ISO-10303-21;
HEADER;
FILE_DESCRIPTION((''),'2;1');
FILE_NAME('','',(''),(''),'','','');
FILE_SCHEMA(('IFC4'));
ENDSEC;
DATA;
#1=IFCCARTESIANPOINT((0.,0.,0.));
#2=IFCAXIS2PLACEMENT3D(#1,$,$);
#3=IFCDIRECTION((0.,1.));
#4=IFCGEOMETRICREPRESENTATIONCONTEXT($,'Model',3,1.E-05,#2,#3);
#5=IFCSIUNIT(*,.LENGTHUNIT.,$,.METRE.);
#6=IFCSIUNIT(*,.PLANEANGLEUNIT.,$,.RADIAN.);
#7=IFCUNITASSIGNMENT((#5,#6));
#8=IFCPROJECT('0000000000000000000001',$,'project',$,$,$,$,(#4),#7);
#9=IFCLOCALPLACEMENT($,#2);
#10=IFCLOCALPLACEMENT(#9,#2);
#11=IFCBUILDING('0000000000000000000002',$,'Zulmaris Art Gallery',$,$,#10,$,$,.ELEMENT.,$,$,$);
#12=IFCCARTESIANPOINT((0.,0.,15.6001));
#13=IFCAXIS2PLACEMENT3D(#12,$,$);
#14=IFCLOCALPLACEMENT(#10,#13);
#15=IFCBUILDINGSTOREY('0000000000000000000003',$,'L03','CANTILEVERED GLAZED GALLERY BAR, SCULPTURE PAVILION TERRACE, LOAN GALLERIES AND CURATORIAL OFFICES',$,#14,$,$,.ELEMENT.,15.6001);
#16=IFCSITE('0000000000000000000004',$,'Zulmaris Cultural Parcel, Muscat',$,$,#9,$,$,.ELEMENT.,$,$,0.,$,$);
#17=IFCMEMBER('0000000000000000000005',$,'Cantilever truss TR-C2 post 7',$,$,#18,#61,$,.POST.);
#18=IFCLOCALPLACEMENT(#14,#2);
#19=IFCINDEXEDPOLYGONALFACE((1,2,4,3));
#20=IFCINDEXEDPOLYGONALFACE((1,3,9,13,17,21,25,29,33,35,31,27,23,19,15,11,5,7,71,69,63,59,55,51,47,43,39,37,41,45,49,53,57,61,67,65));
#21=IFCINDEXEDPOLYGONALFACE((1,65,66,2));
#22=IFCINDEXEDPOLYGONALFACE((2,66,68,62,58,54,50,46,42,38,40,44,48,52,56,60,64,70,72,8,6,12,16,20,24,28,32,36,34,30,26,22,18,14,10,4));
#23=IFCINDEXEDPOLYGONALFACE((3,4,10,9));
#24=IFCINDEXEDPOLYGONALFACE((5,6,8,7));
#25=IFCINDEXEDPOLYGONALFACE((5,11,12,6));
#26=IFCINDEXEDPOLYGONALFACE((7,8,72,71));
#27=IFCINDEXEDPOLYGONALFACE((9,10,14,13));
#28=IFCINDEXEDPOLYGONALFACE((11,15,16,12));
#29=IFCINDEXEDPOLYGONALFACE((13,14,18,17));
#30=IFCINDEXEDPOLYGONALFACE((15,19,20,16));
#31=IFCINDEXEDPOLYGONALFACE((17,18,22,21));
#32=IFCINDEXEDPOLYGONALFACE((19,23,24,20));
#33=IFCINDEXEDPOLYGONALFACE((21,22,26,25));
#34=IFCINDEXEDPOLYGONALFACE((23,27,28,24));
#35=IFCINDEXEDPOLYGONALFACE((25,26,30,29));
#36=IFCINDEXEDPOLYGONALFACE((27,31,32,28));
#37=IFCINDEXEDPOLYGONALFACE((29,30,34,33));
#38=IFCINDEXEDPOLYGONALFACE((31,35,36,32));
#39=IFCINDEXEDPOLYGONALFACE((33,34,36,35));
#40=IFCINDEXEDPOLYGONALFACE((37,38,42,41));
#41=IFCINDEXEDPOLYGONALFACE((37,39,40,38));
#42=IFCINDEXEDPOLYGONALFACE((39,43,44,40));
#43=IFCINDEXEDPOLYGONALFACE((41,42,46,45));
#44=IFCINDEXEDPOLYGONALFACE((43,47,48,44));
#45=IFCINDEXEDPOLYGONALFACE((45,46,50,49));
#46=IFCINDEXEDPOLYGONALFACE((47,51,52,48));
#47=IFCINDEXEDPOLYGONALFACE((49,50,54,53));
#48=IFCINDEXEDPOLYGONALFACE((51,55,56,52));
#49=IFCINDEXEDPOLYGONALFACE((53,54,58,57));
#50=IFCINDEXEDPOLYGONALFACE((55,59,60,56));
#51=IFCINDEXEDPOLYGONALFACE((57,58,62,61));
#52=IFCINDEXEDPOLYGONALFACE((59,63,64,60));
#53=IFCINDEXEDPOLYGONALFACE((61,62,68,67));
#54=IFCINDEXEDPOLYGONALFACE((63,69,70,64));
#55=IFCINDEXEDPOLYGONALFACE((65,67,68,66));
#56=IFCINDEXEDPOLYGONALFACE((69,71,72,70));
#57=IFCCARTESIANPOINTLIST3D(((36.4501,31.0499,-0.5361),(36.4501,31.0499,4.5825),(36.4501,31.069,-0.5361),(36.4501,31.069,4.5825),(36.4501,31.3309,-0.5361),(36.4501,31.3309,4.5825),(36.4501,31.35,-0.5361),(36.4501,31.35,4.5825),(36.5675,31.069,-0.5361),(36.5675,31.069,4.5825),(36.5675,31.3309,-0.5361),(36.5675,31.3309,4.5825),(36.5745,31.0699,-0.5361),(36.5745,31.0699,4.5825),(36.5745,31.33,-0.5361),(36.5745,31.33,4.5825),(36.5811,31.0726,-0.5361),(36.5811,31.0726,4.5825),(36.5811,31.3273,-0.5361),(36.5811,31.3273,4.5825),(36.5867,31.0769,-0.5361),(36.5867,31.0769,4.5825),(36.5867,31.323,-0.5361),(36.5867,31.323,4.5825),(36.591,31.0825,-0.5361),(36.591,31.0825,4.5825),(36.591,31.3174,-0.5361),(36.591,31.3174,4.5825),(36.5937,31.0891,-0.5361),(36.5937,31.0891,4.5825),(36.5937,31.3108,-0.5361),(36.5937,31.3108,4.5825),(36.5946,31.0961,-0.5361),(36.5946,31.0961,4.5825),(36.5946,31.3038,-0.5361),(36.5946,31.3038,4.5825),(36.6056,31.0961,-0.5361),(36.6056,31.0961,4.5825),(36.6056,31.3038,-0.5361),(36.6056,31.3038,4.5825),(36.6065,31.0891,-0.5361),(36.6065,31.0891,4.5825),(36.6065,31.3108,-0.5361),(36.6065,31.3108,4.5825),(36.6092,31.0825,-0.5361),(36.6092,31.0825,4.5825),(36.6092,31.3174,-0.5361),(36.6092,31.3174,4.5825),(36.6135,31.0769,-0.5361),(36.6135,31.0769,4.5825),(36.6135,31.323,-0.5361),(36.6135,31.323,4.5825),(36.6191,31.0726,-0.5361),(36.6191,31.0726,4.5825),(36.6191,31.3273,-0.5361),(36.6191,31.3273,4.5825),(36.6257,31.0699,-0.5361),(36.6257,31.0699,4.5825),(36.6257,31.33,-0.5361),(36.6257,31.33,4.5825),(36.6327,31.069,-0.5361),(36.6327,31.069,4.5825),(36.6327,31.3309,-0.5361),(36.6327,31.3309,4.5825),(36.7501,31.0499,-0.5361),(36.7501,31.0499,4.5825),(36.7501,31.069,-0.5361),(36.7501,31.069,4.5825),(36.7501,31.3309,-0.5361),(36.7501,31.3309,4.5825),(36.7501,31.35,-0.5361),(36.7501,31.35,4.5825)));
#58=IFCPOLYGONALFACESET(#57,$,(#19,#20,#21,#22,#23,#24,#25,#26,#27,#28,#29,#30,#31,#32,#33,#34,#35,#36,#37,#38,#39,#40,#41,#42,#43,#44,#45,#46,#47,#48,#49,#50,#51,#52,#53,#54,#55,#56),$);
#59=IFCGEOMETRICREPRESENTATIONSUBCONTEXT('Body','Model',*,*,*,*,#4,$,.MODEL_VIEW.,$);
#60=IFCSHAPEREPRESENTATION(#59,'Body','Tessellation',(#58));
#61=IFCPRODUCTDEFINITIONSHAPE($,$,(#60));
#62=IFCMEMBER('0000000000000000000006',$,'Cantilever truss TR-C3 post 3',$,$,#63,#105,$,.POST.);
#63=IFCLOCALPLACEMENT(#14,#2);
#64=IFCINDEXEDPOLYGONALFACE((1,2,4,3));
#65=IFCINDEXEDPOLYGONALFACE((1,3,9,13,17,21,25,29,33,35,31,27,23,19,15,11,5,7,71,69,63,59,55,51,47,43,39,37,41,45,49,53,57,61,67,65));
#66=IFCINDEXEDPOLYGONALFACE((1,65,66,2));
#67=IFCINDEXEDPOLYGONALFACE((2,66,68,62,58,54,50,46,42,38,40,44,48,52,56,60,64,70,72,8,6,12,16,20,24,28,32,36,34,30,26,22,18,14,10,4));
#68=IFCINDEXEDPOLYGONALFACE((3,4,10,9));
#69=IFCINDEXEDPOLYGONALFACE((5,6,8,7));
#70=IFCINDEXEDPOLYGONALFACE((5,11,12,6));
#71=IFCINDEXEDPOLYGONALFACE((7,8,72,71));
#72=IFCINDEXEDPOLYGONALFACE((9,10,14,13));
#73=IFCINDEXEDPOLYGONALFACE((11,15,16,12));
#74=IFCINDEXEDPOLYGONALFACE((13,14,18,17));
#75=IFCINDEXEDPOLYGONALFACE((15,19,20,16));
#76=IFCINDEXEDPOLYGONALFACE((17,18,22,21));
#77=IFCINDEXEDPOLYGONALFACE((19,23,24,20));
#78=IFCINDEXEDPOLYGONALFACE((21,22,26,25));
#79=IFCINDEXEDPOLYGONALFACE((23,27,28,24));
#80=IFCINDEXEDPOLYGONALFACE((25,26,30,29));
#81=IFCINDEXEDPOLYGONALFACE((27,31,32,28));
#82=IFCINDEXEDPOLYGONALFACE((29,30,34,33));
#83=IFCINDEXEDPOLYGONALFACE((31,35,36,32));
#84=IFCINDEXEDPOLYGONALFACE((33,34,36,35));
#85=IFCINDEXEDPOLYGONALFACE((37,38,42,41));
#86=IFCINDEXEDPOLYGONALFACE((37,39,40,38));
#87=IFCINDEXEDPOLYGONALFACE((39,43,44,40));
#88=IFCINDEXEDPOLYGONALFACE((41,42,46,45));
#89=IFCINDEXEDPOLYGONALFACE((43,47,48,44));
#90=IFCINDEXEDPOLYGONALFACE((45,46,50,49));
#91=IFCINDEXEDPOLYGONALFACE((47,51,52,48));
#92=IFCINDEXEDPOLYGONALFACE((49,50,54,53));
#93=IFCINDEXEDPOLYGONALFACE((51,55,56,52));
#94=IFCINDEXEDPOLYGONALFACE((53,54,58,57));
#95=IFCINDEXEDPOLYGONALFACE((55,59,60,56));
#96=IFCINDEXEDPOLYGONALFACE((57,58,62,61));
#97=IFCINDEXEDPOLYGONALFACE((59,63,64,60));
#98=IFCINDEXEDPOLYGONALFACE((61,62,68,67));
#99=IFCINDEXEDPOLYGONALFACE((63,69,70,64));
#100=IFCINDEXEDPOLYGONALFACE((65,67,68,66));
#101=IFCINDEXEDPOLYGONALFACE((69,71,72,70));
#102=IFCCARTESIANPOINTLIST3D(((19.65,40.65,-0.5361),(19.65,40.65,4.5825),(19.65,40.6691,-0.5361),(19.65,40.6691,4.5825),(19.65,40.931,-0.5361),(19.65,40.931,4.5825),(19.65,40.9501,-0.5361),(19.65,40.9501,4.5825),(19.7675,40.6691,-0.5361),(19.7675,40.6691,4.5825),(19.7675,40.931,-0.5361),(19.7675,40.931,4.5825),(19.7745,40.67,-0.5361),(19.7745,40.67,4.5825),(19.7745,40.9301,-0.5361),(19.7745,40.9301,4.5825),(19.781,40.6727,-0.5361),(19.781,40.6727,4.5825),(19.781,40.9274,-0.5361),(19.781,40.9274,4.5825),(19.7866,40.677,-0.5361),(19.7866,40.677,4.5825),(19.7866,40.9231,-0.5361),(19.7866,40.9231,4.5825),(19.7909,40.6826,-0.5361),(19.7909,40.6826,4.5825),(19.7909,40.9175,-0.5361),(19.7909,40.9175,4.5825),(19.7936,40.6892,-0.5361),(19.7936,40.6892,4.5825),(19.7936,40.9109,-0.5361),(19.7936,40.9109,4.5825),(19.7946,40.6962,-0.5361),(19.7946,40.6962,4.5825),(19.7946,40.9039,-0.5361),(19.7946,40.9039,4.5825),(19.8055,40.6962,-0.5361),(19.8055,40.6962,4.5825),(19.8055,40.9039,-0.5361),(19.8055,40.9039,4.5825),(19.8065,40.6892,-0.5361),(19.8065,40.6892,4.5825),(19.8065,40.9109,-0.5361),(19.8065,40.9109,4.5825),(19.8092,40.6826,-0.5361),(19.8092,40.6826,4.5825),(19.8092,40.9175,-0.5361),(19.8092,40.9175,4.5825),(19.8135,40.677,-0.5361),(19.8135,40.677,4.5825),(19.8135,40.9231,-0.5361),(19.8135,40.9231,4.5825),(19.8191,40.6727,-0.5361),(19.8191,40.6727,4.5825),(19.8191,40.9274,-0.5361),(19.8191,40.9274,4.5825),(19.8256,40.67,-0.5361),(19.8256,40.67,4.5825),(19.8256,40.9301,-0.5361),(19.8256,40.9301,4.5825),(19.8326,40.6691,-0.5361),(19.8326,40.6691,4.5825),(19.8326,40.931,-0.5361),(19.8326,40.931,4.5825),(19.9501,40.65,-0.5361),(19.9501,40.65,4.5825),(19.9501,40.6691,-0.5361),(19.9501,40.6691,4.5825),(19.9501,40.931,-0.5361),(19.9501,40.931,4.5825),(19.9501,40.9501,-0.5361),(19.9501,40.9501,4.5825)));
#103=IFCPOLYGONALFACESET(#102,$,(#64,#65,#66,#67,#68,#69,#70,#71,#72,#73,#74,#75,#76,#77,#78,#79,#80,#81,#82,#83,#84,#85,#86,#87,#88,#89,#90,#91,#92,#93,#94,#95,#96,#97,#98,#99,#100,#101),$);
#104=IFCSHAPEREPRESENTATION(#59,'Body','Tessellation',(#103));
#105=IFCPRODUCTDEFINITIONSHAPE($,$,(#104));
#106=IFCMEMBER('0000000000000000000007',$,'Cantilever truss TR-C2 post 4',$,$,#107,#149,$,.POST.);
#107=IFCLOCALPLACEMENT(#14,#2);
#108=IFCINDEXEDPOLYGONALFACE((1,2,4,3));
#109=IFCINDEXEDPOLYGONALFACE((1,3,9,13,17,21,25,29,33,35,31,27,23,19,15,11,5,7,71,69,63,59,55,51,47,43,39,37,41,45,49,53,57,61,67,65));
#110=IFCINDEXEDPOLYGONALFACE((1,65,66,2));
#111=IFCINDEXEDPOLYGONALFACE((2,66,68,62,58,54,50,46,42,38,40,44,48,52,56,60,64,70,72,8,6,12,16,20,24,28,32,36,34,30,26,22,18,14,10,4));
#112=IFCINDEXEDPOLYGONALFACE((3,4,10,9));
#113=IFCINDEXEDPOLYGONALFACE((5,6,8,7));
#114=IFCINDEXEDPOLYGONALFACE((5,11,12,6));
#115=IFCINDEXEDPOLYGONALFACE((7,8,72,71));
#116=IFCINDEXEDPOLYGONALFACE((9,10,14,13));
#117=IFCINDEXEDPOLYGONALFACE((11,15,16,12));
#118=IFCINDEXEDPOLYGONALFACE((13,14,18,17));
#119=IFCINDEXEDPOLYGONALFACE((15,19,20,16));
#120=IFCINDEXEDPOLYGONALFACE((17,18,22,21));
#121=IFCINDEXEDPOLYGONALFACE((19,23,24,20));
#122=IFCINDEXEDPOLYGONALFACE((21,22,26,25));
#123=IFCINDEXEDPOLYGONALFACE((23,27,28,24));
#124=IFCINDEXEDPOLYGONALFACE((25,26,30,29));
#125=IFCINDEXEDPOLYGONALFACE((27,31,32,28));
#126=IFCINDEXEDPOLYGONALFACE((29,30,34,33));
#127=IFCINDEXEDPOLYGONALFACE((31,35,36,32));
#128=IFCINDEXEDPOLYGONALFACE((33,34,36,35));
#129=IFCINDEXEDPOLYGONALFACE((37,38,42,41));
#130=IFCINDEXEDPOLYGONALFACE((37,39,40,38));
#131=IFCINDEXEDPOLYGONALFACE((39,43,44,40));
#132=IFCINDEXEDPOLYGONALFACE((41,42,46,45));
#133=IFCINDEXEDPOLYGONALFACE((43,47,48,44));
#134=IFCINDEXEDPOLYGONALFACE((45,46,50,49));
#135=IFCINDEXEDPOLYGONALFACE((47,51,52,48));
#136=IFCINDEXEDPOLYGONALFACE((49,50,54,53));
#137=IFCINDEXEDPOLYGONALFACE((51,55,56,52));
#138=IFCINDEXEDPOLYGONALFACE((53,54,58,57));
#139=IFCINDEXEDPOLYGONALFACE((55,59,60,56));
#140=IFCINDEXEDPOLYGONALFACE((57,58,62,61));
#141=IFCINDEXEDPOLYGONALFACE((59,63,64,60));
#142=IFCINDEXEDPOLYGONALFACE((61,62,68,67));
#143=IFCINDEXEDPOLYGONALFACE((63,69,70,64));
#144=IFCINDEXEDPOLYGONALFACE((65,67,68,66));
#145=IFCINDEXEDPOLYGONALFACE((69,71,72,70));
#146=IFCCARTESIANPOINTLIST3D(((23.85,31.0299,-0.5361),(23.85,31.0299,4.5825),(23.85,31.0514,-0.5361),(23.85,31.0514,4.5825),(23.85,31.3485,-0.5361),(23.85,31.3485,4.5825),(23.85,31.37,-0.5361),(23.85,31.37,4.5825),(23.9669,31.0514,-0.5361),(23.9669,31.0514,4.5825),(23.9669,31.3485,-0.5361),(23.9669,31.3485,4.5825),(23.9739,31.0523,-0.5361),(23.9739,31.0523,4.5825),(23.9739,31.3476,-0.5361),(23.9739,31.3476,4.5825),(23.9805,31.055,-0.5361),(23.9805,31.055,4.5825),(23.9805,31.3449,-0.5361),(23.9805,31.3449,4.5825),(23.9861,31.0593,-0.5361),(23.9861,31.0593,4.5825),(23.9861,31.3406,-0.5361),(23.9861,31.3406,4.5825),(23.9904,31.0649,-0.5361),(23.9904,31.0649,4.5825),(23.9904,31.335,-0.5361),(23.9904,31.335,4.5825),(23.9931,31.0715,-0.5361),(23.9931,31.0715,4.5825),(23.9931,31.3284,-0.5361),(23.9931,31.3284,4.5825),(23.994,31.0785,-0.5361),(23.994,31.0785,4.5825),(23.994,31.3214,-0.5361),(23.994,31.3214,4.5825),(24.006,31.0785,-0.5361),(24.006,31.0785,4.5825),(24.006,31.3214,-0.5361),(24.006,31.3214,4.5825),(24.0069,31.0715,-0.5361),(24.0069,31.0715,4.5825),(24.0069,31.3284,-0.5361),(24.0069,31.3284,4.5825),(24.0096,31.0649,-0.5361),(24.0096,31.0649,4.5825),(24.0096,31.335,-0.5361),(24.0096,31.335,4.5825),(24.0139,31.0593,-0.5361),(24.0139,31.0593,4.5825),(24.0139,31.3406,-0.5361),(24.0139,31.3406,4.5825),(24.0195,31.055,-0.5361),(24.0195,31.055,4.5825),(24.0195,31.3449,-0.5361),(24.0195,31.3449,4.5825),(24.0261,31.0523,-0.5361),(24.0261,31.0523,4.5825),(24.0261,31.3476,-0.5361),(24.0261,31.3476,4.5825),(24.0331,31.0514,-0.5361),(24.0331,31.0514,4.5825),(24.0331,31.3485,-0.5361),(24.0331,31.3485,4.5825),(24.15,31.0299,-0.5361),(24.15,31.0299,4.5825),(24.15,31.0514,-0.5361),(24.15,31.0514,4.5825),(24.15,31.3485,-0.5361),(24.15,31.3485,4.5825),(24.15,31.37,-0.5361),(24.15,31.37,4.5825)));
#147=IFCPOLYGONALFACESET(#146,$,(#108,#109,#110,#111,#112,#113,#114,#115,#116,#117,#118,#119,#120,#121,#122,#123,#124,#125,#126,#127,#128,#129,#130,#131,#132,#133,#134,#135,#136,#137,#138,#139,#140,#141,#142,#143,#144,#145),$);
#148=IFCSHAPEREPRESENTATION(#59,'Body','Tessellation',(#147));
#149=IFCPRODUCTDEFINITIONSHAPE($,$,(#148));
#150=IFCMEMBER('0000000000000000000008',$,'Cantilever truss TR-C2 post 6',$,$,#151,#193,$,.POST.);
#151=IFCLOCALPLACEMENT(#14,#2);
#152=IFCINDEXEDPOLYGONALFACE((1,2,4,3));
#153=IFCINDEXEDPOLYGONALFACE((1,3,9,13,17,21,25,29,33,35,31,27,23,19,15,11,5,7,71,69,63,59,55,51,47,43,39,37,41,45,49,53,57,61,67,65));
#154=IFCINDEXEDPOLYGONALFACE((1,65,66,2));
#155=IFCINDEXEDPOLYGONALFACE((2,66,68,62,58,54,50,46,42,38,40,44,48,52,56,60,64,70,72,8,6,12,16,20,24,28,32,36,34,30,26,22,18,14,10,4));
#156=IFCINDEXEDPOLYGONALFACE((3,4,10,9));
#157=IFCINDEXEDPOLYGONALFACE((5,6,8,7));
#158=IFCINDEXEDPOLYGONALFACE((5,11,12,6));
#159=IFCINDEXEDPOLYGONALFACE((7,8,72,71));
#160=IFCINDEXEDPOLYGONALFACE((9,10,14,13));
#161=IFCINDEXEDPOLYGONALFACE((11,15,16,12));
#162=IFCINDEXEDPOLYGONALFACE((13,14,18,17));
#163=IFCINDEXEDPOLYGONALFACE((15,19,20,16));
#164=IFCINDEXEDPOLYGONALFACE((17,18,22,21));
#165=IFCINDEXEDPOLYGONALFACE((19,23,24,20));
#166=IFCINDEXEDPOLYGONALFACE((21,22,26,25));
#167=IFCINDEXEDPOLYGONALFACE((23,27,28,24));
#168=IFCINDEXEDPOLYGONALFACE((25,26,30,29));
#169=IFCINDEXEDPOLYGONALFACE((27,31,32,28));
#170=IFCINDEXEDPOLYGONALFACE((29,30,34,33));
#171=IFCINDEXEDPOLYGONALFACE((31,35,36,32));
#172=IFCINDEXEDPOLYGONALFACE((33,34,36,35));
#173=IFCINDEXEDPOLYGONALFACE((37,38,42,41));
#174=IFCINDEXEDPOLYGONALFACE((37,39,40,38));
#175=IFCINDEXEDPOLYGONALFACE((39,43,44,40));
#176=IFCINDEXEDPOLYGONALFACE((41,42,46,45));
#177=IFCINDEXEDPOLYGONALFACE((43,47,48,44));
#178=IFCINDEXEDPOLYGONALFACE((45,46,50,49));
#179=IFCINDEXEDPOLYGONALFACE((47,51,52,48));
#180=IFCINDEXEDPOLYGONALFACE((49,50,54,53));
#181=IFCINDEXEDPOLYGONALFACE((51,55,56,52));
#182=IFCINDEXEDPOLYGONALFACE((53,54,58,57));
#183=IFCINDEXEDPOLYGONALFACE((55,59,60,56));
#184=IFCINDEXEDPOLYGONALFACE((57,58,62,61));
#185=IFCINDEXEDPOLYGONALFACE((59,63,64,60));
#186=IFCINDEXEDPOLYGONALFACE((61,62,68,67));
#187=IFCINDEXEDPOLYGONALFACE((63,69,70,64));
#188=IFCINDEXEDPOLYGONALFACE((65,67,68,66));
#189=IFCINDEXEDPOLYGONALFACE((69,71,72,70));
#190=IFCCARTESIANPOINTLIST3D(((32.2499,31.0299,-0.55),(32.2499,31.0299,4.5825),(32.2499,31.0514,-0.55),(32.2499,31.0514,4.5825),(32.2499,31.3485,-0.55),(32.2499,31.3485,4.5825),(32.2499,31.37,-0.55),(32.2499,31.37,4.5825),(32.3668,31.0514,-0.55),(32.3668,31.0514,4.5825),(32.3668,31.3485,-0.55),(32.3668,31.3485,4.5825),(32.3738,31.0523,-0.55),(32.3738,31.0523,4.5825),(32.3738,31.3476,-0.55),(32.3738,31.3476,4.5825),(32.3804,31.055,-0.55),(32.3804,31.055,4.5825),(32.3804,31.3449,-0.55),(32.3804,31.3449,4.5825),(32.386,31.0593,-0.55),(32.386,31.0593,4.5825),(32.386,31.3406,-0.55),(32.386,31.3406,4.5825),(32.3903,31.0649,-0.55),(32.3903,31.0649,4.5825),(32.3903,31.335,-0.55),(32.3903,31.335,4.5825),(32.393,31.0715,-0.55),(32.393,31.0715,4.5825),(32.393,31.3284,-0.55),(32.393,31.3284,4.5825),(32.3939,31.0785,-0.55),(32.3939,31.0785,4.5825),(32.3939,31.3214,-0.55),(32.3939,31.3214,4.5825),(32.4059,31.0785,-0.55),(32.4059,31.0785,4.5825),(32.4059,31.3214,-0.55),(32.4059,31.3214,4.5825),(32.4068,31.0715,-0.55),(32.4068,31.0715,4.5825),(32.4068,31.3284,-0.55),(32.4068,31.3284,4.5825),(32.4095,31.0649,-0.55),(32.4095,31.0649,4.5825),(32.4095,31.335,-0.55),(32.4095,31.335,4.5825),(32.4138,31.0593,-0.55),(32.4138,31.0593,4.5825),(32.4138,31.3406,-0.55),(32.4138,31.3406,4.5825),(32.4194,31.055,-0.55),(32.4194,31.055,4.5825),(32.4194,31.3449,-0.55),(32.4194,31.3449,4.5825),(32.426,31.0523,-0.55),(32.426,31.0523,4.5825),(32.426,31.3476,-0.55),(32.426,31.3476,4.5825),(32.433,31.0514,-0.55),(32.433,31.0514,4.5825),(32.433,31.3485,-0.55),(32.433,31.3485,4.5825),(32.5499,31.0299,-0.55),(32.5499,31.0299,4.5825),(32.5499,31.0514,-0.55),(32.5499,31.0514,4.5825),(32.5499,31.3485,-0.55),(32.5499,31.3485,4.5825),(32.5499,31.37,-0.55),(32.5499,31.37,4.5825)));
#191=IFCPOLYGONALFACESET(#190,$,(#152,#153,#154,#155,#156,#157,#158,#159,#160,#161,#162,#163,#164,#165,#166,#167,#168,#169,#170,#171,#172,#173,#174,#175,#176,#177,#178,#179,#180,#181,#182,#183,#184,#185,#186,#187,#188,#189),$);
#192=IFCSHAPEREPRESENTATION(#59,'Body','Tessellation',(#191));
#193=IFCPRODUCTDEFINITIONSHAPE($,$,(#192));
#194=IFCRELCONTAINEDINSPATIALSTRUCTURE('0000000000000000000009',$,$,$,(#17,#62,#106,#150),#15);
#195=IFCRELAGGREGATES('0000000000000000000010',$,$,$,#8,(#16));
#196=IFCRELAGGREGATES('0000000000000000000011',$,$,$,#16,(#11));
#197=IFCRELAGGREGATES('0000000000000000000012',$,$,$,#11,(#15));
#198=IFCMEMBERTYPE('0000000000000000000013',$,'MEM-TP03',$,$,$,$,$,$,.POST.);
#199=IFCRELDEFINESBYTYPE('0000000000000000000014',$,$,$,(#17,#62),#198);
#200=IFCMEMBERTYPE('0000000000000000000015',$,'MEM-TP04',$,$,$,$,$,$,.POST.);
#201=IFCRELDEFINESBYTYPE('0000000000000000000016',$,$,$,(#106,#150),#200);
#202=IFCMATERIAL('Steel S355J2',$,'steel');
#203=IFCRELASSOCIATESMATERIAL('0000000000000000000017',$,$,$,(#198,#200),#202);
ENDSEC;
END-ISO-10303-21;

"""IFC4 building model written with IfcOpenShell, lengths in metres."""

from ifc_helpers import new_model, si_unit, direction, frame, origin, origin_2d, place, context, subcontext, project, spatial, i_section, extrude, material, material_profile, profile_set, type_object, element, save


model = new_model("IFC4")

# Units and contexts
model_context = context("Model", 3, precision=1e-05, world=origin(), true_north=direction((0.0, 1.0)))
body_context = subcontext(model_context, "Body", "Model", "MODEL_VIEW")
ifc_project = project(units=[si_unit("LENGTHUNIT", "METRE"), si_unit("PLANEANGLEUNIT", "RADIAN")], contexts=[model_context])

# Site, building, storey
site_placement = place(None, origin())
site = spatial("IfcSite", under=ifc_project, at=site_placement, Name="Zulmaris Cultural Parcel, Muscat", CompositionType="ELEMENT", RefElevation=0.0)
building_placement = place(site_placement, origin())
building = spatial("IfcBuilding", under=site, at=building_placement, Name="Zulmaris Art Gallery", CompositionType="ELEMENT")
storey_placement = place(building_placement, frame((0.0, 0.0, 15.6001)))
storey = spatial("IfcBuildingStorey", under=building, at=storey_placement, Name="L03", Description="CANTILEVERED GLAZED GALLERY BAR, SCULPTURE PAVILION TERRACE, LOAN GALLERIES AND CURATORIAL OFFICES", CompositionType="ELEMENT", Elevation=15.6001)

# Shared definitions
ifc_material_1 = material(Name="Steel S355J2", Category="steel")

# Members
ifc_material_profile_1 = material_profile(ifc_material_1, i_section(OverallWidth=0.3, OverallDepth=0.3, WebThickness=0.011, FlangeThickness=0.019, FilletRadius=0.0271, at=origin_2d()), Name="HEB 300")
ifc_profile_set_1 = profile_set([ifc_material_profile_1], Name="Steel S355J2")
member_type_1 = type_object("IfcMemberType", Name="MEM-TP03", PredefinedType="POST", material=ifc_profile_set_1)
for number, where, z_axis, x_axis, name in (
    (1, (36.6001, 31.2, -0.5361), (0.0, 0.0, 1.0), (1.0, 0.0, 0.0), "Cantilever truss TR-C2 post 7"),
    (2, (19.8, 40.8, -0.5361), (0.0, 0.0, 1.0), (1.0, 0.0, 0.0), "Cantilever truss TR-C3 post 3"),
):
    element("IfcMember", number, at=place(storey_placement, frame(where, z_axis=z_axis, x_axis=x_axis)), inside=storey, type_object=member_type_1, Name=name, PredefinedType="POST", context=body_context, shape_type="SweptSolid", body=[
        extrude(i_section(OverallWidth=0.3, OverallDepth=0.3, WebThickness=0.011, FlangeThickness=0.019, FilletRadius=0.0271, at=origin_2d()), origin(), (0.0, 0.0, 1.0), 5.1187),
    ])
ifc_material_profile_2 = material_profile(ifc_material_1, i_section(OverallWidth=0.3, OverallDepth=0.3401, WebThickness=0.012, FlangeThickness=0.0215, FilletRadius=0.0271, at=origin_2d()), Name="HEB 340")
ifc_profile_set_2 = profile_set([ifc_material_profile_2], Name="Steel S355J2")
member_type_2 = type_object("IfcMemberType", Name="MEM-TP04", PredefinedType="POST", material=ifc_profile_set_2)
member_1_placement = place(storey_placement, frame((24.0, 31.2, -0.5361), z_axis=(0.0, 0.0, 1.0), x_axis=(1.0, 0.0, 0.0)))
element("IfcMember", 3, at=member_1_placement, inside=storey, type_object=member_type_2, Name="Cantilever truss TR-C2 post 4", PredefinedType="POST", context=body_context, shape_type="SweptSolid", body=[
    extrude(i_section(OverallWidth=0.3, OverallDepth=0.3401, WebThickness=0.012, FlangeThickness=0.0215, FilletRadius=0.0271, at=origin_2d()), origin(), (0.0, 0.0, 1.0), 5.1187),
])
member_2_placement = place(storey_placement, frame((32.3999, 31.2, -0.55), z_axis=(0.0, 0.0, 1.0), x_axis=(1.0, 0.0, 0.0)))
element("IfcMember", 4, at=member_2_placement, inside=storey, type_object=member_type_2, Name="Cantilever truss TR-C2 post 6", PredefinedType="POST", context=body_context, shape_type="SweptSolid", body=[
    extrude(i_section(OverallWidth=0.3, OverallDepth=0.3401, WebThickness=0.012, FlangeThickness=0.0215, FilletRadius=0.0271, at=origin_2d()), origin(), (0.0, 0.0, 1.0), 5.1326),
])

save(model, "model.ifc")
